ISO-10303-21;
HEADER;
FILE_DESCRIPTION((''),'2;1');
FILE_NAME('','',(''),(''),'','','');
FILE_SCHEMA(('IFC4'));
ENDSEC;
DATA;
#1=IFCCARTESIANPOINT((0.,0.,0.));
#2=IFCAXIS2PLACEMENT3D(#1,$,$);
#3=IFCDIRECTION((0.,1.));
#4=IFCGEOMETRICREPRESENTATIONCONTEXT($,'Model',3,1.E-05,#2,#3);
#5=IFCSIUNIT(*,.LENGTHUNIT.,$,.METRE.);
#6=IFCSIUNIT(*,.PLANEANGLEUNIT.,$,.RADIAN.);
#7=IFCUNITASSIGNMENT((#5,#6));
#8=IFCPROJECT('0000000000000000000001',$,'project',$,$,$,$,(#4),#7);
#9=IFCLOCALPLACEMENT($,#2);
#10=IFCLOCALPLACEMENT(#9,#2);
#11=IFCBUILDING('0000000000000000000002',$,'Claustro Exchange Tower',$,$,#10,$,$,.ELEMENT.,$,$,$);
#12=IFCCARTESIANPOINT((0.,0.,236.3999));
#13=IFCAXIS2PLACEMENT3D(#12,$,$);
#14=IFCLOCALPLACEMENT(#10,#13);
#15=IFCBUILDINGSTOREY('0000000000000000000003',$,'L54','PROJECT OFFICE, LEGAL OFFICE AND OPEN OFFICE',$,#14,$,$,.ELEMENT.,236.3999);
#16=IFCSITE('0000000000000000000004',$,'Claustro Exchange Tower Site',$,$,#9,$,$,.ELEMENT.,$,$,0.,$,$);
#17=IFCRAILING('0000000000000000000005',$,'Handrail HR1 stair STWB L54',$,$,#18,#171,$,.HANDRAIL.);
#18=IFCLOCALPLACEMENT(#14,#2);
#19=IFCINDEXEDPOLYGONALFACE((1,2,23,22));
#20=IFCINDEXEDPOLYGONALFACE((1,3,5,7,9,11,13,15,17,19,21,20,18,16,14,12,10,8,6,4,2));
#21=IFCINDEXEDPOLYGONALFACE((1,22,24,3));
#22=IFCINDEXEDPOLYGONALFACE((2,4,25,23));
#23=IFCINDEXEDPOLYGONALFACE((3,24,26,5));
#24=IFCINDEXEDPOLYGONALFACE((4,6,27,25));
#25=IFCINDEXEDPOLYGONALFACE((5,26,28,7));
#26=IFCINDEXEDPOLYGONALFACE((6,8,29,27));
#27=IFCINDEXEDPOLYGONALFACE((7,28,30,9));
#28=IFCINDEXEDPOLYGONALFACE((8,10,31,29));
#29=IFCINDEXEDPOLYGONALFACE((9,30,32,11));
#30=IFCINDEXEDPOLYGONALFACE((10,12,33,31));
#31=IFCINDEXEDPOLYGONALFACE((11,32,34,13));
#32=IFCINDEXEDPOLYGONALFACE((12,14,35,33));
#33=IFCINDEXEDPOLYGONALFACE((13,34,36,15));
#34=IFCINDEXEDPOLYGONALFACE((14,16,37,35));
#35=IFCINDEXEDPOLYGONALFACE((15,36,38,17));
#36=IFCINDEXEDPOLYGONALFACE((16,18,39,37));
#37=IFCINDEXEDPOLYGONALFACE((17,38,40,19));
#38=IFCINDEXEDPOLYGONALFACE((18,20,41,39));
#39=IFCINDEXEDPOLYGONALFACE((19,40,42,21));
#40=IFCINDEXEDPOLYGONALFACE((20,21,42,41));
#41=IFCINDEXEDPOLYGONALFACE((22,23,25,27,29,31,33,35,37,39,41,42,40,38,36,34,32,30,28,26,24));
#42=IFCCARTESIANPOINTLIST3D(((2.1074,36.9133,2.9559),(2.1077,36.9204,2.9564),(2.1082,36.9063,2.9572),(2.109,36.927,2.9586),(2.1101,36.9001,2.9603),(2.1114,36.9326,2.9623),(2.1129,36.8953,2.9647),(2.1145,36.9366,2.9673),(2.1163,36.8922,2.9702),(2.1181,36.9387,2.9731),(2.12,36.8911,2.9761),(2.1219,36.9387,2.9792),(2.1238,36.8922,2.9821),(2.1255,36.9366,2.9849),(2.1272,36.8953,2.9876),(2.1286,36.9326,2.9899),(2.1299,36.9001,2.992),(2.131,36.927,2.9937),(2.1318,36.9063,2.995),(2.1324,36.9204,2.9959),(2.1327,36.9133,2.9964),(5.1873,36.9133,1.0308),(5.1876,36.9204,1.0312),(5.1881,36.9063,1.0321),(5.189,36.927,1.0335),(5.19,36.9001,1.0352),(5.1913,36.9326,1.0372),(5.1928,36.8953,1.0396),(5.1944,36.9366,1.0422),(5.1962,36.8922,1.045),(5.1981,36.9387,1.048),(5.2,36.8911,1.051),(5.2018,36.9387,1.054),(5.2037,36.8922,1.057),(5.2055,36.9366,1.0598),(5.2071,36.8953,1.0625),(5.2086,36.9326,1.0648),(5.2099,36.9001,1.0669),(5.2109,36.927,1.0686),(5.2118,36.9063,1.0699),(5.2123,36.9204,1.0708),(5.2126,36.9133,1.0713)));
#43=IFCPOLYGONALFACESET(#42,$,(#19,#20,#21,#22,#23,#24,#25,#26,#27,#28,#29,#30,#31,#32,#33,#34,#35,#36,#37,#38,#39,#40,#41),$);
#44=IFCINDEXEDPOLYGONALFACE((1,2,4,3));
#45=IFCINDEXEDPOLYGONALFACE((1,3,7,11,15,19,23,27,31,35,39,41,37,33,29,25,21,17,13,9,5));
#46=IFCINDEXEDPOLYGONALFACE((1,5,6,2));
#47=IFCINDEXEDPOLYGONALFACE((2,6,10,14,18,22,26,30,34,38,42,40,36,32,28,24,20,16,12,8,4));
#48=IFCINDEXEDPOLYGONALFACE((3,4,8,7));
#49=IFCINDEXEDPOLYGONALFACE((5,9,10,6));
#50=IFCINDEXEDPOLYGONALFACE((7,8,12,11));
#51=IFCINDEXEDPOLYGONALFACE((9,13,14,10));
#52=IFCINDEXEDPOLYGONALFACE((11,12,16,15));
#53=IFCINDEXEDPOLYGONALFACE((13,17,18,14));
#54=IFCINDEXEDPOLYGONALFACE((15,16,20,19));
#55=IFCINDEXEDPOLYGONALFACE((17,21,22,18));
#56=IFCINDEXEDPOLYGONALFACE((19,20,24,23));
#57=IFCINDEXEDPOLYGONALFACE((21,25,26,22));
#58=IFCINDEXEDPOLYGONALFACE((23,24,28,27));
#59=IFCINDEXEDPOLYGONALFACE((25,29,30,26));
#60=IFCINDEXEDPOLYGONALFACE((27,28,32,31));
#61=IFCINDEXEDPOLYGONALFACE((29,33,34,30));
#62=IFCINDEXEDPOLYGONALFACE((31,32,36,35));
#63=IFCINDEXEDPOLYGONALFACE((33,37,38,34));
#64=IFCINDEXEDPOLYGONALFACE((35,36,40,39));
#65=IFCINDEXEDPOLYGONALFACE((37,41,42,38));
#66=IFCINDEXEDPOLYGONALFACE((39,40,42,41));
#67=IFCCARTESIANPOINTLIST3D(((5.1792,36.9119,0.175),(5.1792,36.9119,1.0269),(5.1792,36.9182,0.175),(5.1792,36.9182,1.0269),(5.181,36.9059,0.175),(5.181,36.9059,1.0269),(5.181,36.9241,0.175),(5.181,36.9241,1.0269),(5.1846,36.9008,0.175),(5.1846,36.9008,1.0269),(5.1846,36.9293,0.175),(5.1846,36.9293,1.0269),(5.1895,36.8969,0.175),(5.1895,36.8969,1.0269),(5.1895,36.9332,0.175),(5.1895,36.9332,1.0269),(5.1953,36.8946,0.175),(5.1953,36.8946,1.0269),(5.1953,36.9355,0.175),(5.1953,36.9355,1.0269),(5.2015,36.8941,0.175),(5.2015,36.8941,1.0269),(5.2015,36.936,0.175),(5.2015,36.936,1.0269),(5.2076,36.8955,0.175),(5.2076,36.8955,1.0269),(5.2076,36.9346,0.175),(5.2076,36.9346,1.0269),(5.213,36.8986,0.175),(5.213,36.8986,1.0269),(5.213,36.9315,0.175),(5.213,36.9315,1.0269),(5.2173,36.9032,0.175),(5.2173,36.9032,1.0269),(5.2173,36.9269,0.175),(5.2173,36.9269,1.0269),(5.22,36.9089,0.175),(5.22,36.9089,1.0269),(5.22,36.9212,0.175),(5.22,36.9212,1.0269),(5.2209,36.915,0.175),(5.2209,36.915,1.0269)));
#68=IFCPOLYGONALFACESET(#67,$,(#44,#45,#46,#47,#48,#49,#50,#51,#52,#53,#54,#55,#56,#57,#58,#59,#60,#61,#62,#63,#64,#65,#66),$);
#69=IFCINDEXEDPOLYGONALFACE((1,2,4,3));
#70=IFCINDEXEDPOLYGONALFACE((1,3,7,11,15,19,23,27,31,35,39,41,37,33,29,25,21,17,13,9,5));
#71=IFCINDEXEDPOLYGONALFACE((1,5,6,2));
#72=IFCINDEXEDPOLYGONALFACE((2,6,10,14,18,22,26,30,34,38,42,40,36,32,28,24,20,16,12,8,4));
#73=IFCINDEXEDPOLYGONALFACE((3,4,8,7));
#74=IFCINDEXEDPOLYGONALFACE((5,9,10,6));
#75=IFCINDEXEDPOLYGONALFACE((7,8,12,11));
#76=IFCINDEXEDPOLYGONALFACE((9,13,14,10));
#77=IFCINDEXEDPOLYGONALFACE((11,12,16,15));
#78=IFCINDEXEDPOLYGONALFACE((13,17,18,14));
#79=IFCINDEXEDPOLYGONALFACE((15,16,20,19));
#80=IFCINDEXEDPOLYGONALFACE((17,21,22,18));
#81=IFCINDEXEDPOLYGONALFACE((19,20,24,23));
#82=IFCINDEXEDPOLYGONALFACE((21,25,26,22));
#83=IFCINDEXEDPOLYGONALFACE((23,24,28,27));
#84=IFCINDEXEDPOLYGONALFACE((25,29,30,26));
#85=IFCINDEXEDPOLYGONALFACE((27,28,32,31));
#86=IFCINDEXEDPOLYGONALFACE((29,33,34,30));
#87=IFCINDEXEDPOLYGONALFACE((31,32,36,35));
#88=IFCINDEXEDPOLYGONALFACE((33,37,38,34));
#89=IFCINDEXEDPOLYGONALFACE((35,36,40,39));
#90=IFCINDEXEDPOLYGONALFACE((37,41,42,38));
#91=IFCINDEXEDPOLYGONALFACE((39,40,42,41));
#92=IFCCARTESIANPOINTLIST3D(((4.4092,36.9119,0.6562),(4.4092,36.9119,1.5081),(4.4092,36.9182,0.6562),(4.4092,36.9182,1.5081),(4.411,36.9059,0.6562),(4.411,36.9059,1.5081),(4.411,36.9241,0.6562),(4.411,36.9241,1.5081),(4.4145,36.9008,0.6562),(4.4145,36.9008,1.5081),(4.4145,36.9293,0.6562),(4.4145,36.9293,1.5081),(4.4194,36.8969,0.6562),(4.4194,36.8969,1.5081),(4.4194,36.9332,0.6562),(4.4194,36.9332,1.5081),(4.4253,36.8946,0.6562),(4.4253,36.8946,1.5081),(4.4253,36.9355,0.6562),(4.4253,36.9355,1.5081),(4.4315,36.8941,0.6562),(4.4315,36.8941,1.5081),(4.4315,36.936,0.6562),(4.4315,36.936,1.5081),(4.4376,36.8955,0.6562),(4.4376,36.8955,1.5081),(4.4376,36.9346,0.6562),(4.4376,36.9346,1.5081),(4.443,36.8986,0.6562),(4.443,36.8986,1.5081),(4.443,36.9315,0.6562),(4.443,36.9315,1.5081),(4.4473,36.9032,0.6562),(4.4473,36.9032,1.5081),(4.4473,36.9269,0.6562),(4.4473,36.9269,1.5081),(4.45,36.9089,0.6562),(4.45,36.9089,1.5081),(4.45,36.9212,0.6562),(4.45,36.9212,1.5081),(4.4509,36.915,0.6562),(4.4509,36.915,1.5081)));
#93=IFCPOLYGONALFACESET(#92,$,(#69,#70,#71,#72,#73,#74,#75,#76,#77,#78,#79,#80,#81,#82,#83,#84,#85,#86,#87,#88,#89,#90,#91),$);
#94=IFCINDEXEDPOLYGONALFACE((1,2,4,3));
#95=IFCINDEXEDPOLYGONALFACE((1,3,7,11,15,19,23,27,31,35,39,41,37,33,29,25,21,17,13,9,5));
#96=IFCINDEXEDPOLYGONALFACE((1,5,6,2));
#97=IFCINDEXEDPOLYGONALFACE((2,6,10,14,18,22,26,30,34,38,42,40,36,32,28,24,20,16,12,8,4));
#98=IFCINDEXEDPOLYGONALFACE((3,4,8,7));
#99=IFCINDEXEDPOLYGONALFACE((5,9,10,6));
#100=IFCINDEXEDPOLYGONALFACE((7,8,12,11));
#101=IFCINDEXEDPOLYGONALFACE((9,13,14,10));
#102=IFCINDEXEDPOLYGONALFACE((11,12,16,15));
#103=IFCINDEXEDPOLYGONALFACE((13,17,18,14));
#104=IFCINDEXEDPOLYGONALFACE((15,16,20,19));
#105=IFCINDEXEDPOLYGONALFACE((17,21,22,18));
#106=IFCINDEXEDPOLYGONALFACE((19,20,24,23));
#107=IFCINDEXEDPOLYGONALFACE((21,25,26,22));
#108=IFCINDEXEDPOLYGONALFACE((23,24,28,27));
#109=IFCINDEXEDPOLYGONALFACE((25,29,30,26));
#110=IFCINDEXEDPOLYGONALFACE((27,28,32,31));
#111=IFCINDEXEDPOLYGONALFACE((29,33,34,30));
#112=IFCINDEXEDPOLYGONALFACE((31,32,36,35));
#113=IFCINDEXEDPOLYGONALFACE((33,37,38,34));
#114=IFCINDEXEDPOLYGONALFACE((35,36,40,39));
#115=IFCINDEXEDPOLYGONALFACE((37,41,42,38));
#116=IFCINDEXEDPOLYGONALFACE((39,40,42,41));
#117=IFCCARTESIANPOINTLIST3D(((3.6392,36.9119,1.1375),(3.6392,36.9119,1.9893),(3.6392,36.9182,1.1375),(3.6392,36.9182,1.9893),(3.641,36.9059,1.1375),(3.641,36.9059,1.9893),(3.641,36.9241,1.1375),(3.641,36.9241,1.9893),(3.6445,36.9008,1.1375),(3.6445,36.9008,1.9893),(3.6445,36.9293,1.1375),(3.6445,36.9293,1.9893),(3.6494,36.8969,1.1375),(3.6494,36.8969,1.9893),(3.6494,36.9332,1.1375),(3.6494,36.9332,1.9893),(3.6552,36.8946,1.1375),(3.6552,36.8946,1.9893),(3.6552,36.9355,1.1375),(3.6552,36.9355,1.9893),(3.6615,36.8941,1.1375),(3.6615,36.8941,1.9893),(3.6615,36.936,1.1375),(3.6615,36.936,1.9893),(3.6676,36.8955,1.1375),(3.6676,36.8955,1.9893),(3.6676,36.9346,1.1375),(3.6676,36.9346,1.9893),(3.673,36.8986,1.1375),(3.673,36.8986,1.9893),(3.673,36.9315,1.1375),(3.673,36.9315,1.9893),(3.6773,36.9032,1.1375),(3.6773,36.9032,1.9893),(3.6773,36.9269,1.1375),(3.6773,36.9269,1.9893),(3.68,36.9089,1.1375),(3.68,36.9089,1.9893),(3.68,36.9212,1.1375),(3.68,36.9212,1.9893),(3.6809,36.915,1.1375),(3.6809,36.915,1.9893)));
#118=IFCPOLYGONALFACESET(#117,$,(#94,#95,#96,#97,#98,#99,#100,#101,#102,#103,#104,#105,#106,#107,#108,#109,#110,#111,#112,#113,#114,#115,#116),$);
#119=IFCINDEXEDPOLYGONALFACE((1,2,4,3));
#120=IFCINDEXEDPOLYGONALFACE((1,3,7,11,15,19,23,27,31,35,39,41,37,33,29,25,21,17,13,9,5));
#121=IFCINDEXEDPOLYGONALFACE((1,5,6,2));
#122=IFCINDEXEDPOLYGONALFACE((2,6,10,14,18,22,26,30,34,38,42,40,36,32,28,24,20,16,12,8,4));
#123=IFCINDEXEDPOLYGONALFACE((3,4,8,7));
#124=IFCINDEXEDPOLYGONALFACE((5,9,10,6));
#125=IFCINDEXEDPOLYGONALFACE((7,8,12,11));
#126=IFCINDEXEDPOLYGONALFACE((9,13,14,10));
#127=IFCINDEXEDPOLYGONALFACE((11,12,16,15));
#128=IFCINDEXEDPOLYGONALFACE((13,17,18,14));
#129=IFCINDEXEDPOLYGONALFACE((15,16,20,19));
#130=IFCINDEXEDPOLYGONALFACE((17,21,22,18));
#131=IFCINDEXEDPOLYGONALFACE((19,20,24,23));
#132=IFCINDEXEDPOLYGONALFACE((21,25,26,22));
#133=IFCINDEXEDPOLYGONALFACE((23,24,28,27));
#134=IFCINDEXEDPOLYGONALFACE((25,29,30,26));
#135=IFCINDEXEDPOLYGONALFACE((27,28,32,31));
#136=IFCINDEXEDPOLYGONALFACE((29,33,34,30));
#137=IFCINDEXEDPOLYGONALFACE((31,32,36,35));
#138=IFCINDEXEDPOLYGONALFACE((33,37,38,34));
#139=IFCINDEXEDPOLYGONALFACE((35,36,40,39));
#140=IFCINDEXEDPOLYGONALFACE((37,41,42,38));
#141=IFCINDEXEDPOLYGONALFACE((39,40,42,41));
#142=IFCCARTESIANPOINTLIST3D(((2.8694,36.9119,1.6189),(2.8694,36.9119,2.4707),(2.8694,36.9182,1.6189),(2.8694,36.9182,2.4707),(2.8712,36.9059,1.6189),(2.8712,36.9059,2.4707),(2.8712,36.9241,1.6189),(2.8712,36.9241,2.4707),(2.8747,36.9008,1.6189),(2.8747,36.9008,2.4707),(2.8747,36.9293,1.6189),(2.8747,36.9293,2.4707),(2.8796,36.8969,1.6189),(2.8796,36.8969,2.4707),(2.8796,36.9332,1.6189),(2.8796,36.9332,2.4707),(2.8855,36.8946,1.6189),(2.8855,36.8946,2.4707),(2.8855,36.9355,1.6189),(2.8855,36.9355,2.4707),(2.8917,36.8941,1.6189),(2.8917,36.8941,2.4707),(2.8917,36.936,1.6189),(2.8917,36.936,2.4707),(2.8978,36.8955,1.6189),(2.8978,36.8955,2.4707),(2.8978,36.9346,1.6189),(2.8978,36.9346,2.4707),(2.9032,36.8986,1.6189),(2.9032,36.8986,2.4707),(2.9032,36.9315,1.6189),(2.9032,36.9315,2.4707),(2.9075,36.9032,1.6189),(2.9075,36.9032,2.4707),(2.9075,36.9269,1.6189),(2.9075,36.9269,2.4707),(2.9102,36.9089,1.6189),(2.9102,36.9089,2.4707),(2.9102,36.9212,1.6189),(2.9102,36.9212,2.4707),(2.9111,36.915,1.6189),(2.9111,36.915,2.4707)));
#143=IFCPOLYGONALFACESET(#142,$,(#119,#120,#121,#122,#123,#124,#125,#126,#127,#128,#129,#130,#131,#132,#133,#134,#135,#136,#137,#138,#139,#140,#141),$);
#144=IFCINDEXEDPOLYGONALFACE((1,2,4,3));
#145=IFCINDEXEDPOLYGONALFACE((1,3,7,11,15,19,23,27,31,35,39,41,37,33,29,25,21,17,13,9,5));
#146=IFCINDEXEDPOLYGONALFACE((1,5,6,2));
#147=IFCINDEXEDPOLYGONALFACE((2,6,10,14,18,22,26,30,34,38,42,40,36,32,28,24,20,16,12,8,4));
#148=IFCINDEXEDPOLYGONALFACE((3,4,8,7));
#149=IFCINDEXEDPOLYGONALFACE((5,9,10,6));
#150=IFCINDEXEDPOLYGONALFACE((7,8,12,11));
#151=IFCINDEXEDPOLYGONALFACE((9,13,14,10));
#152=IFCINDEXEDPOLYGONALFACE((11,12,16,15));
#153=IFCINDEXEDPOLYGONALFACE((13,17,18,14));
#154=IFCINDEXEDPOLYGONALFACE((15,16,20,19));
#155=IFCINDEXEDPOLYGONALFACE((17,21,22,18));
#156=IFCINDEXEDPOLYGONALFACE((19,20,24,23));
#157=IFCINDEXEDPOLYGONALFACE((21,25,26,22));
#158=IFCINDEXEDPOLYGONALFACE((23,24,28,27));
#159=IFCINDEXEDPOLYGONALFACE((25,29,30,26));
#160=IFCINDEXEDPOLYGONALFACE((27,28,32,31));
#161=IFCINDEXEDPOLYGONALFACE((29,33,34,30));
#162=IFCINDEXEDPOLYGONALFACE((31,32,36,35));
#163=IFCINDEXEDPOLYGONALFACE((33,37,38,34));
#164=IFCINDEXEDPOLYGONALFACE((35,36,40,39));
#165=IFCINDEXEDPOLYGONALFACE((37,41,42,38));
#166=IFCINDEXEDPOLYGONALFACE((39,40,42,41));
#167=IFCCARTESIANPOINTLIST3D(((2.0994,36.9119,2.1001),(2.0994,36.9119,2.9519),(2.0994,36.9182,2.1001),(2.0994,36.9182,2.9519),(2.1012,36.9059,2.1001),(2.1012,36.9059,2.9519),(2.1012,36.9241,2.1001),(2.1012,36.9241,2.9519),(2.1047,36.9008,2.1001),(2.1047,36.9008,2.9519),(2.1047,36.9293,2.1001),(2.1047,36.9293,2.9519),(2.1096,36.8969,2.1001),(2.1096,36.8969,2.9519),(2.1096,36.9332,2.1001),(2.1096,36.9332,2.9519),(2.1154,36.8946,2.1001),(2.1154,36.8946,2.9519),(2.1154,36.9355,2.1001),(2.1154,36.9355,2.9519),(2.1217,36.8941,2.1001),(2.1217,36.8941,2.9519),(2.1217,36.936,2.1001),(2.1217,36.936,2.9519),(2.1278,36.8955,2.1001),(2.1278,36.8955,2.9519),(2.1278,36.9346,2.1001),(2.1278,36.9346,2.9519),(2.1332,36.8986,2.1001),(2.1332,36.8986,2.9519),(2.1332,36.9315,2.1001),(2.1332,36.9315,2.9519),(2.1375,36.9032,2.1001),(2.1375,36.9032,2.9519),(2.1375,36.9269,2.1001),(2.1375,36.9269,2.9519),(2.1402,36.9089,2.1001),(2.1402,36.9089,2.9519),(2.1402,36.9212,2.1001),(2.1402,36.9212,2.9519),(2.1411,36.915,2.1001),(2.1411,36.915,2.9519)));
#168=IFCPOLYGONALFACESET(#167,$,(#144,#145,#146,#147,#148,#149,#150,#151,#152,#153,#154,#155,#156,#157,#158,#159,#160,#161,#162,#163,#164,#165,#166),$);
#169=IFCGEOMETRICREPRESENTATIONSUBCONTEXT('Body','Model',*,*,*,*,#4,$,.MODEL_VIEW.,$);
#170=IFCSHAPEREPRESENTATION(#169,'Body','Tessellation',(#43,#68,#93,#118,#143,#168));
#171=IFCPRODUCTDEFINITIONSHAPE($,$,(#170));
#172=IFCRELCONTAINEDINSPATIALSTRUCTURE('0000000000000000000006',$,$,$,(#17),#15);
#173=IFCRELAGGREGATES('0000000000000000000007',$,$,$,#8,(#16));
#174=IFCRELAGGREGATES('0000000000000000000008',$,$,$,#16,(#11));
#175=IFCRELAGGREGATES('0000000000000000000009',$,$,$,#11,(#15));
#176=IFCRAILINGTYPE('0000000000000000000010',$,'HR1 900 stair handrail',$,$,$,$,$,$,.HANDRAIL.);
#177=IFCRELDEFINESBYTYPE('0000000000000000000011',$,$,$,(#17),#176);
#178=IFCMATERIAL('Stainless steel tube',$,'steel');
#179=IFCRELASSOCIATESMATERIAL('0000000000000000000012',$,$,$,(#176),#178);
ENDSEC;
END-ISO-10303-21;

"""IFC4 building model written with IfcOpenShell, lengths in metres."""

from ifc_helpers import new_model, si_unit, direction, frame, origin, origin_2d, place, context, subcontext, project, spatial, circle, extrude, material, type_object, element, save


model = new_model("IFC4")

# Units and contexts
model_context = context("Model", 3, precision=1e-05, world=origin(), true_north=direction((0.0, 1.0)))
body_context = subcontext(model_context, "Body", "Model", "MODEL_VIEW")
ifc_project = project(units=[si_unit("LENGTHUNIT", "METRE"), si_unit("PLANEANGLEUNIT", "RADIAN")], contexts=[model_context])

# Site, building, storey
site_placement = place(None, origin())
site = spatial("IfcSite", under=ifc_project, at=site_placement, Name="Claustro Exchange Tower Site", CompositionType="ELEMENT", RefElevation=0.0)
building_placement = place(site_placement, origin())
building = spatial("IfcBuilding", under=site, at=building_placement, Name="Claustro Exchange Tower", CompositionType="ELEMENT")
storey_placement = place(building_placement, frame((0.0, 0.0, 236.3999)))
storey = spatial("IfcBuildingStorey", under=building, at=storey_placement, Name="L54", Description="PROJECT OFFICE, LEGAL OFFICE AND OPEN OFFICE", CompositionType="ELEMENT", Elevation=236.3999)

# Railing
ifc_material_1 = material(Name="Stainless steel tube", Category="steel")
railing_type_1 = type_object("IfcRailingType", Name="HR1 900 stair handrail", PredefinedType="HANDRAIL", material=ifc_material_1)
railing_1_placement = place(storey_placement, frame((5.2, 36.915, 0.175)))
element("IfcRailing", 1, at=railing_1_placement, inside=storey, type_object=railing_type_1, Name="Handrail HR1 stair STWB L54", PredefinedType="HANDRAIL", context=body_context, shape_type="SweptSolid", body=[
    extrude(circle(Radius=0.0239, at=origin_2d()), frame((0.0, 0.0, 0.876), z_axis=(-0.847979, 0.0, 0.530029), x_axis=(0.0, -1.0, 0.0)), (0.0, 0.0, 1.0), 3.6321),
    extrude(circle(Radius=0.021, at=origin_2d()), origin(), (0.0, 0.0, 1.0), 0.8518),
    extrude(circle(Radius=0.021, at=origin_2d()), frame((-0.77, 0.0, 0.4812)), (0.0, 0.0, 1.0), 0.8518),
    extrude(circle(Radius=0.021, at=origin_2d()), frame((-1.54, 0.0, 0.9624)), (0.0, 0.0, 1.0), 0.8518),
    extrude(circle(Radius=0.021, at=origin_2d()), frame((-2.3098, 0.0, 1.4438)), (0.0, 0.0, 1.0), 0.8518),
    extrude(circle(Radius=0.021, at=origin_2d()), frame((-3.0798, 0.0, 1.925)), (0.0, 0.0, 1.0), 0.8518),
])

save(model, "model.ifc")
